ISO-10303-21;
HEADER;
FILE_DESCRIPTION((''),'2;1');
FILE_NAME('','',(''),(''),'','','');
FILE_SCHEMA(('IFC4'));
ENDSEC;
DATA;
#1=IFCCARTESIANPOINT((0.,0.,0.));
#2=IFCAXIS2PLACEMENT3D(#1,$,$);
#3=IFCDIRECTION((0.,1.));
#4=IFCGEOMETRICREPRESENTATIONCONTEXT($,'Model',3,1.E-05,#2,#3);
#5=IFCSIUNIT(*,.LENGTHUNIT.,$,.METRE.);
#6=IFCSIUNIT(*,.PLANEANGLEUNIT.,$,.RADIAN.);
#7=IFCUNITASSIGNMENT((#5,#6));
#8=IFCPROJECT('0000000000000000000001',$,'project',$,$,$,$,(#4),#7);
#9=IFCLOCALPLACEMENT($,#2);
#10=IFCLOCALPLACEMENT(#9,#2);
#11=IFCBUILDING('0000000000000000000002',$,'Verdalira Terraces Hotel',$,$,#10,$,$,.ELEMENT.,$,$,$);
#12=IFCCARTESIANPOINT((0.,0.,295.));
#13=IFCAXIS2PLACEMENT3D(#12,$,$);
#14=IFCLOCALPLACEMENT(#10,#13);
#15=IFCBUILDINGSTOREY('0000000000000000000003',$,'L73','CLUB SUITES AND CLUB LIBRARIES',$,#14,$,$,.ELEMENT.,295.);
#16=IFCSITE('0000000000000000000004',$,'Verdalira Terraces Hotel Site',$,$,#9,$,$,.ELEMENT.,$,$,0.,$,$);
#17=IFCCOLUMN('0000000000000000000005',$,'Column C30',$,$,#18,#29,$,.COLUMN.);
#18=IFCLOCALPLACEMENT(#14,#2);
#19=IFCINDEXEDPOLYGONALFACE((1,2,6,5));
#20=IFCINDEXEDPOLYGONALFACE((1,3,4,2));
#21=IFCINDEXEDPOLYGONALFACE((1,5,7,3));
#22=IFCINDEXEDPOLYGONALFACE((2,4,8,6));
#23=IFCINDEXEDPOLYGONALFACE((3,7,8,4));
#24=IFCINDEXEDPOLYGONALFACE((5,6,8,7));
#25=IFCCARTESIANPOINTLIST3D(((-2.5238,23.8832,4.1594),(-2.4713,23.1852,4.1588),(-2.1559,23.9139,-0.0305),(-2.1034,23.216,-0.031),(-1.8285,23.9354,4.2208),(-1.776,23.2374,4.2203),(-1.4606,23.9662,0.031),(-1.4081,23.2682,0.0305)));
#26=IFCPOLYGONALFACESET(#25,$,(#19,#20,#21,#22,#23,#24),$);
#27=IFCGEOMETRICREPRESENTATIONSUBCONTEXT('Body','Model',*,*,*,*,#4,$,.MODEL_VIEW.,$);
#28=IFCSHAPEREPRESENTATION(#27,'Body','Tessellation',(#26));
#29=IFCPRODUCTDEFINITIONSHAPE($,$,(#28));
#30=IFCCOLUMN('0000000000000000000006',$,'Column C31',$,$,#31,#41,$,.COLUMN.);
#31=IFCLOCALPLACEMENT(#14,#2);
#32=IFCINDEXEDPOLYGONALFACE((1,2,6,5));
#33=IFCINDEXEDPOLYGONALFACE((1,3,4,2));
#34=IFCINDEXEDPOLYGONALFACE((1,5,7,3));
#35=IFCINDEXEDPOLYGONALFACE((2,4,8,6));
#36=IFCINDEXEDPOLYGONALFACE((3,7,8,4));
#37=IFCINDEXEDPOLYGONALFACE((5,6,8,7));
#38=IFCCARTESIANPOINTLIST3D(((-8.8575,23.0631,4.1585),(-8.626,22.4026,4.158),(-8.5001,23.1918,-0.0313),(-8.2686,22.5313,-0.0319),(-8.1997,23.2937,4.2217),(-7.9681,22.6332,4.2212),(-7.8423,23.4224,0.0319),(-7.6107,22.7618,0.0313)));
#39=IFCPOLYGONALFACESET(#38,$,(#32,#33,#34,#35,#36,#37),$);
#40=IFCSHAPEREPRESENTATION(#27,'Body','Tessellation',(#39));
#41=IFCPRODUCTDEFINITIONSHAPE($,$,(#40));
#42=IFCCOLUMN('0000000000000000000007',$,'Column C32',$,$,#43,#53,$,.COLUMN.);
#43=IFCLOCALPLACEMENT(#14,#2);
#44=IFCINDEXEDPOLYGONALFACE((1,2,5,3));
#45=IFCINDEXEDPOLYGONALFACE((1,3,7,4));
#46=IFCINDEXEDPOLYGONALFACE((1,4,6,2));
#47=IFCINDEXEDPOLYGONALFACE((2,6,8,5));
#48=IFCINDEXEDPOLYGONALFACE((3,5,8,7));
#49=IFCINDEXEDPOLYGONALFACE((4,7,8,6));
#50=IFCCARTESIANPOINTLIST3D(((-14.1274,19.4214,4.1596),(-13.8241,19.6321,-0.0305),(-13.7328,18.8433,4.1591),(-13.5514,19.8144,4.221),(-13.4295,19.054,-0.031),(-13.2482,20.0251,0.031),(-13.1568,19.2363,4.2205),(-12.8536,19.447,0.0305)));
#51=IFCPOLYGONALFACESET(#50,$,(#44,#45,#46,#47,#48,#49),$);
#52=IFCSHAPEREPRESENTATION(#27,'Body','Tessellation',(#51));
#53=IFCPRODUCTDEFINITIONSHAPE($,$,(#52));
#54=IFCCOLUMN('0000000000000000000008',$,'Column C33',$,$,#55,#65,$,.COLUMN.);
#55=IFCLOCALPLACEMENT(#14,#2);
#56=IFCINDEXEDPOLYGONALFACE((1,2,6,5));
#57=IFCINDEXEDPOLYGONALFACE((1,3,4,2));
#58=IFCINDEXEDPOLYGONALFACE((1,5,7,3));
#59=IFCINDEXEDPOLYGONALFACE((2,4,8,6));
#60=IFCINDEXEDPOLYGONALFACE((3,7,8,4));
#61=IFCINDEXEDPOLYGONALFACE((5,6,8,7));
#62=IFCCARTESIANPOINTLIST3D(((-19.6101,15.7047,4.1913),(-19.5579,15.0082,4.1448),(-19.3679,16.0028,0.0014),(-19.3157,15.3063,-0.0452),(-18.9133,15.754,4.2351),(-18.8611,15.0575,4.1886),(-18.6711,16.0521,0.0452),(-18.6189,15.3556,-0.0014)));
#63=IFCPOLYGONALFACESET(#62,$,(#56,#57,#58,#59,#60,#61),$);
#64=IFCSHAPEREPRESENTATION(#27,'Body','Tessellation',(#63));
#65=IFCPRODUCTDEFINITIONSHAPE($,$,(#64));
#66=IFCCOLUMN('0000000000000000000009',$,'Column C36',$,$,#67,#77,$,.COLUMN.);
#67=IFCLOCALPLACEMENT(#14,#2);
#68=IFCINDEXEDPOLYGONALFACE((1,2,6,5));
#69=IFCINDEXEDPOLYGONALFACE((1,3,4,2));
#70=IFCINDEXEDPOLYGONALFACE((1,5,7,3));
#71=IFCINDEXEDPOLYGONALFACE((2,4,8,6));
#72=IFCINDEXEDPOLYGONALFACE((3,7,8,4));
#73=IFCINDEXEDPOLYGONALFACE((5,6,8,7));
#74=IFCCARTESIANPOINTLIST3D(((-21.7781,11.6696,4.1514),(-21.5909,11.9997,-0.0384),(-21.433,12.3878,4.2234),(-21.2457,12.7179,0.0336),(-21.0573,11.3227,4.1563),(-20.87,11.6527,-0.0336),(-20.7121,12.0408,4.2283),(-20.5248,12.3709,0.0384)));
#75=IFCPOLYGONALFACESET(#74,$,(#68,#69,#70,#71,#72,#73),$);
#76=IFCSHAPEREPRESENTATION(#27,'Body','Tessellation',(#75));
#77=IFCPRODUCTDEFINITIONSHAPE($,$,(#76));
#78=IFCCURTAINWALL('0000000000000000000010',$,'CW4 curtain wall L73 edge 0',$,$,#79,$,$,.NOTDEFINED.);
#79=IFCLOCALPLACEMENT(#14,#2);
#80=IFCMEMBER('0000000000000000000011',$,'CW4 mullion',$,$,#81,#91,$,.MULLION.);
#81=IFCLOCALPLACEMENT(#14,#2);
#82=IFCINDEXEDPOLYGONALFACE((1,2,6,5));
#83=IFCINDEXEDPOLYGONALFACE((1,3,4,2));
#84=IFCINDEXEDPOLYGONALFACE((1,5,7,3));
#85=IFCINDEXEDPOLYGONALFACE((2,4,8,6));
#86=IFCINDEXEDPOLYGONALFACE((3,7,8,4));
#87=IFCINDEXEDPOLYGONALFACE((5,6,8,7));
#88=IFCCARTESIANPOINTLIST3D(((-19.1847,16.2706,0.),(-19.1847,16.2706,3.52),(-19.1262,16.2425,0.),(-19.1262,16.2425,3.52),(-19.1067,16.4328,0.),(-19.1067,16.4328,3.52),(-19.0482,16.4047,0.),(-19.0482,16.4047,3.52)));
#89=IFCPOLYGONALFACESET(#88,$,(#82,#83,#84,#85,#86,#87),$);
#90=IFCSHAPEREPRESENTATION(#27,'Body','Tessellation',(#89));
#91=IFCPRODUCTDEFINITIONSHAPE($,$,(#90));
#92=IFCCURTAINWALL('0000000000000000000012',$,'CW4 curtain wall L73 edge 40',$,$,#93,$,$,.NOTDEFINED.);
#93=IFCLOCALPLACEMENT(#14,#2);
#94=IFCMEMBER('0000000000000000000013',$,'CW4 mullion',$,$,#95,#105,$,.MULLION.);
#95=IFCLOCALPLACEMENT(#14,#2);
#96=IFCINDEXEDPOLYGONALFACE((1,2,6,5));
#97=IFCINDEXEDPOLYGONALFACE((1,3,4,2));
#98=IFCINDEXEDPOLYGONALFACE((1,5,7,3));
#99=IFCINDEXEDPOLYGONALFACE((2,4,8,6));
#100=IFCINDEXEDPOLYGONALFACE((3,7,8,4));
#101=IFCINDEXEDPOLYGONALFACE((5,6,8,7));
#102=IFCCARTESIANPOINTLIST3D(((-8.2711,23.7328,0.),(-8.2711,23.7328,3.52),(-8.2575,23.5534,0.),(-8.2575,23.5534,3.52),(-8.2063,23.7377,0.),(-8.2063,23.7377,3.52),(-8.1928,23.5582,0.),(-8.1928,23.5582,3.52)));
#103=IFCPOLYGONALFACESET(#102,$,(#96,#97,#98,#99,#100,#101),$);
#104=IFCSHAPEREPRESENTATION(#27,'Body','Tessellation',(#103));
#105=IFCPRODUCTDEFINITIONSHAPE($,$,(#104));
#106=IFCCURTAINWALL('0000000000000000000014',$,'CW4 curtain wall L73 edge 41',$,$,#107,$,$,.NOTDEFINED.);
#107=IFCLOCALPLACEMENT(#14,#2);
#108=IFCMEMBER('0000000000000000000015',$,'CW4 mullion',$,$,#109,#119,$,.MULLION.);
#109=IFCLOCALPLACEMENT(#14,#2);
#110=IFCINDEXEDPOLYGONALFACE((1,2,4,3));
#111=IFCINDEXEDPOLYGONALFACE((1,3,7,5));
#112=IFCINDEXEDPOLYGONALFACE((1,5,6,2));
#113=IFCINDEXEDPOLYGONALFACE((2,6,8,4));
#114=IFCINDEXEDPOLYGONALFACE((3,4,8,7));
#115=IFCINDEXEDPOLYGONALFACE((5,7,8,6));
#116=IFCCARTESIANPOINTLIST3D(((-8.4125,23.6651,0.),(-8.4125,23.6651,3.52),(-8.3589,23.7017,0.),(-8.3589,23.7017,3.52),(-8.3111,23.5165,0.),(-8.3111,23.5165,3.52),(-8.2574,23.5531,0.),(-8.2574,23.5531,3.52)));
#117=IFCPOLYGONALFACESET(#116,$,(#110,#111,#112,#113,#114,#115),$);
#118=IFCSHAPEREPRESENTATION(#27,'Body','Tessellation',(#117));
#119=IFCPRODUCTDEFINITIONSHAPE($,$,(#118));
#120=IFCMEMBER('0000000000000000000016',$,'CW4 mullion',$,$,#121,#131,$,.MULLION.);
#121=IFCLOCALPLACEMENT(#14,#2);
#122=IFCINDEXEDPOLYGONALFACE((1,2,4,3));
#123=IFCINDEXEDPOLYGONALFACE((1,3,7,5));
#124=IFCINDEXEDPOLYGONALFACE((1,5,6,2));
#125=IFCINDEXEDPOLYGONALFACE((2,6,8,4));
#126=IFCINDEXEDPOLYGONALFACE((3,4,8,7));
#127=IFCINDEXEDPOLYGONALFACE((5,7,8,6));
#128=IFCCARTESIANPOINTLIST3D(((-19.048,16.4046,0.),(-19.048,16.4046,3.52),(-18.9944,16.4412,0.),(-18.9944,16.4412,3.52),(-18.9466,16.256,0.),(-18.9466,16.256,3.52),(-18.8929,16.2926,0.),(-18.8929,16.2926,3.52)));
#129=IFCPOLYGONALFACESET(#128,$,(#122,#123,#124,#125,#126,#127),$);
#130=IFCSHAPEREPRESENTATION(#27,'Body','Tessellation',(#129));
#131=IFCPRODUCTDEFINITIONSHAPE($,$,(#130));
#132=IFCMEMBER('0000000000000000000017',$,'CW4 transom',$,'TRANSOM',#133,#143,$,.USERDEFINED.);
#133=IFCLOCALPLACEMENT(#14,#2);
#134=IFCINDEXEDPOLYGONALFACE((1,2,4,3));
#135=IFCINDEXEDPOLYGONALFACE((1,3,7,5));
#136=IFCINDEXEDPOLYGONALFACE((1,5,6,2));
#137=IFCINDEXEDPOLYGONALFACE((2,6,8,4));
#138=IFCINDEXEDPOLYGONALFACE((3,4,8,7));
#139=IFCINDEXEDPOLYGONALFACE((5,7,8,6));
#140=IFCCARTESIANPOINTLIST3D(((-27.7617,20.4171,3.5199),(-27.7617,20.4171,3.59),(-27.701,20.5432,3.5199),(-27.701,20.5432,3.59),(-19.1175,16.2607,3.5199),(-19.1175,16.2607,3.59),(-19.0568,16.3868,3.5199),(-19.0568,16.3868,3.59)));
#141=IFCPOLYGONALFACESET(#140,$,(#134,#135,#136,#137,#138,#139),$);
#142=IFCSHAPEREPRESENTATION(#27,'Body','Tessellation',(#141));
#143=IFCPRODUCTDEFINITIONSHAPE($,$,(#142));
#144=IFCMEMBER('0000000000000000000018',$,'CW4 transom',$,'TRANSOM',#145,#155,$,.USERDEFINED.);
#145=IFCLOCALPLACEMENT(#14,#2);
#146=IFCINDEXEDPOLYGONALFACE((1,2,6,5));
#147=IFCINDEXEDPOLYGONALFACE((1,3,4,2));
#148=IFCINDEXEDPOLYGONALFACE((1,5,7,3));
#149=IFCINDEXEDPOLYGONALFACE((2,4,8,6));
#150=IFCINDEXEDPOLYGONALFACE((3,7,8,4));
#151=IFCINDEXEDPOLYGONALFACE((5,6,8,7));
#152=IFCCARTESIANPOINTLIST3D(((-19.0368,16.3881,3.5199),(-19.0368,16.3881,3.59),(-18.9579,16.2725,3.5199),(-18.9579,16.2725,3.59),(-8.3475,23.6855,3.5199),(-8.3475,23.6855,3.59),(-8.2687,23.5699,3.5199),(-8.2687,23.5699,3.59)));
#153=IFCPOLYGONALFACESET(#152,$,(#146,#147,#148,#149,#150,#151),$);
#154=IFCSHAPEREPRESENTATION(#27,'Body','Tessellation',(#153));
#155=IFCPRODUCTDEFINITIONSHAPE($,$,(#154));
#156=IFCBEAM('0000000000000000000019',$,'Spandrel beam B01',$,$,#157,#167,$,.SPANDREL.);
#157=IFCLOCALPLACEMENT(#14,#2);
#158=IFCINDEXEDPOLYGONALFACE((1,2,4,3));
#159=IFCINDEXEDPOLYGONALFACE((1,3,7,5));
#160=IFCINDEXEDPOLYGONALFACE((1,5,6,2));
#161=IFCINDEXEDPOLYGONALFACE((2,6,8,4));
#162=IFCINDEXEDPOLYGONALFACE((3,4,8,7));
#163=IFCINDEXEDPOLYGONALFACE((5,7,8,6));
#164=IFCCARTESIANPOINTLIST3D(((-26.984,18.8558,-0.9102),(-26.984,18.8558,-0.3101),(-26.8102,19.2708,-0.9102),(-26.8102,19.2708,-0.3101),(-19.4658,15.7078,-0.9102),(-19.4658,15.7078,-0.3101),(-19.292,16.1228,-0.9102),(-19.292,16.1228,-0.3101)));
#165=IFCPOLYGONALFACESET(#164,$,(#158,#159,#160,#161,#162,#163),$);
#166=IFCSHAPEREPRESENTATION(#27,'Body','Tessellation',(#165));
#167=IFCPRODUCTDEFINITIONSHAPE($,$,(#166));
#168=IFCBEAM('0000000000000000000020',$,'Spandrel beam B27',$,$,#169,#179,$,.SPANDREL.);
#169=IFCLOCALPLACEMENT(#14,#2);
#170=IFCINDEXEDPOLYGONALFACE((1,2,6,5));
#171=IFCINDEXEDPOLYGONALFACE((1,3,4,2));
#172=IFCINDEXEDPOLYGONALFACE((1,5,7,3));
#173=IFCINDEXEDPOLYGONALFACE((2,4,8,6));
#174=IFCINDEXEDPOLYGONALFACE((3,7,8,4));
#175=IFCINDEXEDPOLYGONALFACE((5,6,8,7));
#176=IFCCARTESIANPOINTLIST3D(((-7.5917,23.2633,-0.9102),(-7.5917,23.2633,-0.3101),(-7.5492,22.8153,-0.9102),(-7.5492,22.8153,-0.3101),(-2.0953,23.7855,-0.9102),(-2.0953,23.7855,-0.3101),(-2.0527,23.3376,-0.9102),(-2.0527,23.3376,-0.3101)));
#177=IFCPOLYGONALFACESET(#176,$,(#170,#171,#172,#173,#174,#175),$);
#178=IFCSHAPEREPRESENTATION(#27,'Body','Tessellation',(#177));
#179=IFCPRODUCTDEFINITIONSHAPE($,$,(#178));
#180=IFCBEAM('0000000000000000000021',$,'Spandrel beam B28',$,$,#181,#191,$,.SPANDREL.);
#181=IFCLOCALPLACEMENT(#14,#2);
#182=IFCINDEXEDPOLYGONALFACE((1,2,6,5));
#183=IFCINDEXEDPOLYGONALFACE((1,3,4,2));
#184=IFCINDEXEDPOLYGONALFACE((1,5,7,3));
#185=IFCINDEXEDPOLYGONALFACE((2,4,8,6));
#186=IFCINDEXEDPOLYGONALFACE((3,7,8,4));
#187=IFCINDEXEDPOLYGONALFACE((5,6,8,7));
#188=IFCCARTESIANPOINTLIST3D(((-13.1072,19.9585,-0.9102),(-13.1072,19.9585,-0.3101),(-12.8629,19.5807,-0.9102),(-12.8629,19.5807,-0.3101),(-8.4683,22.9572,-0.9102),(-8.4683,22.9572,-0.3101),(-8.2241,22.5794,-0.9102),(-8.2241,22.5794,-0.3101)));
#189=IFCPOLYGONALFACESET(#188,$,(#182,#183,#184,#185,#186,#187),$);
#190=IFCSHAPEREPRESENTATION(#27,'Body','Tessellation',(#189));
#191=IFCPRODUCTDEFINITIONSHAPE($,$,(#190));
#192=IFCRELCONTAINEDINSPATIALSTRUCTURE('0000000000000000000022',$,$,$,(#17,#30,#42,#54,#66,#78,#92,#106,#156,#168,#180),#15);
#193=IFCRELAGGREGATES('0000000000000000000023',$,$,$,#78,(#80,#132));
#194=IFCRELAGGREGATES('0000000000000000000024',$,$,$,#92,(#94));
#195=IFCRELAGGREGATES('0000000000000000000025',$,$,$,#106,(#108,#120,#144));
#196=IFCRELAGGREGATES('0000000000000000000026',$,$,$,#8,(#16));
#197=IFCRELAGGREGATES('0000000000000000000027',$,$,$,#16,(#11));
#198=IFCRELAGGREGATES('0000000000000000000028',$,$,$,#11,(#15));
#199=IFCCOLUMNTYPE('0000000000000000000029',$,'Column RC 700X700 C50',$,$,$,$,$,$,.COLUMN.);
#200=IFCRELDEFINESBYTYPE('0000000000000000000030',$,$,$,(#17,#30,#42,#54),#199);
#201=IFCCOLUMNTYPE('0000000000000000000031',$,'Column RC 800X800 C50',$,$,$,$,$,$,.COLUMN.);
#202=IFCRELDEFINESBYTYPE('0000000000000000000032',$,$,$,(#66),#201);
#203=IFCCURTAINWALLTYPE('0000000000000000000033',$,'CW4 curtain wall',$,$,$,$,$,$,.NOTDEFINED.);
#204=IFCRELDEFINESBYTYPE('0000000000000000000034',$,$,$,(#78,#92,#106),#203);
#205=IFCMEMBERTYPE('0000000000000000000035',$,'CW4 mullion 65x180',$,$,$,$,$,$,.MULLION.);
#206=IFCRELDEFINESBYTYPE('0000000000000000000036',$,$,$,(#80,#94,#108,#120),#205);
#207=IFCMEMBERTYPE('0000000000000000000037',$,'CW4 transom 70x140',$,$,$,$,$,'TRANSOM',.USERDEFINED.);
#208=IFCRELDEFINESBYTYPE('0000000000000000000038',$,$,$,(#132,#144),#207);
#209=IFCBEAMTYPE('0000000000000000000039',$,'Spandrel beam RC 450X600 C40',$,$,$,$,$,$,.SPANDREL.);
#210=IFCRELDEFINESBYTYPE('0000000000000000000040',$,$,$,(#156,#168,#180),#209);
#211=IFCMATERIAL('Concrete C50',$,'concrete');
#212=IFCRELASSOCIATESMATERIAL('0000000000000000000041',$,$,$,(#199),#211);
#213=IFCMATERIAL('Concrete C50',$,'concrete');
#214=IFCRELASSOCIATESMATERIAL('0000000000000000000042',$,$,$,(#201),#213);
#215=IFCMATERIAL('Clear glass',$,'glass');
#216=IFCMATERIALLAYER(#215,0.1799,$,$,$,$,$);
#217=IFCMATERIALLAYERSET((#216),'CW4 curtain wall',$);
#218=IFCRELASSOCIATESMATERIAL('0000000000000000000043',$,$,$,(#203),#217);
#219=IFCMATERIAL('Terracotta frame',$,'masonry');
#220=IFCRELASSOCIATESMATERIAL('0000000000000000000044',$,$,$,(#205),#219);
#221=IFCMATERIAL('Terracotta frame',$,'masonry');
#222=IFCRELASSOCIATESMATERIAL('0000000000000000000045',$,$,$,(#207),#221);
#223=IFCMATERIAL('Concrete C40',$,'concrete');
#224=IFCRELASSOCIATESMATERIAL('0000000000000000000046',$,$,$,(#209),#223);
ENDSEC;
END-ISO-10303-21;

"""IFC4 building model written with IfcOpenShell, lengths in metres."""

from ifc_helpers import new_model, si_unit, direction, frame, origin, origin_2d, place, context, subcontext, project, spatial, rectangle, extrude, material, layer, layer_set, material_profile, profile_set, type_object, element, aggregate, save


model = new_model("IFC4")

# Units and contexts
model_context = context("Model", 3, precision=1e-05, world=origin(), true_north=direction((0.0, 1.0)))
body_context = subcontext(model_context, "Body", "Model", "MODEL_VIEW")
ifc_project = project(units=[si_unit("LENGTHUNIT", "METRE"), si_unit("PLANEANGLEUNIT", "RADIAN")], contexts=[model_context])

# Site, building, storey
site_placement = place(None, origin())
site = spatial("IfcSite", under=ifc_project, at=site_placement, Name="Verdalira Terraces Hotel Site", CompositionType="ELEMENT", RefElevation=0.0)
building_placement = place(site_placement, origin())
building = spatial("IfcBuilding", under=site, at=building_placement, Name="Verdalira Terraces Hotel", CompositionType="ELEMENT")
storey_placement = place(building_placement, frame((0.0, 0.0, 295.0)))
storey = spatial("IfcBuildingStorey", under=building, at=storey_placement, Name="L73", Description="CLUB SUITES AND CLUB LIBRARIES", CompositionType="ELEMENT", Elevation=295.0)

# Columns
ifc_material_1 = material(Name="Concrete C50", Category="concrete")
ifc_material_profile_1 = material_profile(ifc_material_1, rectangle(XDim=0.7, YDim=0.7, at=origin_2d()), Name="RC 700X700")
ifc_profile_set_1 = profile_set([ifc_material_profile_1], Name="Concrete C50")
column_type_1 = type_object("IfcColumnType", Name="Column RC 700X700 C50", PredefinedType="COLUMN", material=ifc_profile_set_1)
column_1_placement = place(storey_placement, frame((-1.782, 23.5911, 0.0), z_axis=(-0.087471, -0.007313, 0.99614), x_axis=(-0.993342, -0.074613, -0.087773)))
element("IfcColumn", 1, at=column_1_placement, inside=storey, type_object=column_type_1, Name="Column C30", PredefinedType="COLUMN", context=body_context, shape_type="SweptSolid", body=[
    extrude(rectangle(XDim=0.7, YDim=0.7, at=origin_2d()), origin(), (0.0, 0.0, 1.0), 4.2061),
])
column_2_placement = place(storey_placement, frame((-8.0554, 22.9768, 0.0), z_axis=(-0.084956, -0.030582, 0.995915), x_axis=(0.939868, 0.329386, 0.09029)))
element("IfcColumn", 2, at=column_2_placement, inside=storey, type_object=column_type_1, Name="Column C31", PredefinedType="COLUMN", context=body_context, shape_type="SweptSolid", body=[
    extrude(rectangle(XDim=0.7, YDim=0.7, at=origin_2d()), origin(), (0.0, 0.0, 1.0), 4.207),
])
column_3_placement = place(storey_placement, frame((-13.3389, 19.5396, 0.0), z_axis=(-0.07209, -0.050091, 0.99614), x_axis=(-0.822815, -0.561489, -0.087781)))
element("IfcColumn", 3, at=column_3_placement, inside=storey, type_object=column_type_1, Name="Column C32", PredefinedType="COLUMN", context=body_context, shape_type="SweptSolid", body=[
    extrude(rectangle(XDim=0.7, YDim=0.7, at=origin_2d()), origin(), (0.0, 0.0, 1.0), 4.2063),
])
column_4_placement = place(storey_placement, frame((-18.9934, 15.6792, 0.0), z_axis=(-0.057561, -0.070849, 0.995825), x_axis=(0.99555, 0.070468, 0.062558)))
element("IfcColumn", 4, at=column_4_placement, inside=storey, type_object=column_type_1, Name="Column C33", PredefinedType="COLUMN", context=body_context, shape_type="SweptSolid", body=[
    extrude(rectangle(XDim=0.7, YDim=0.7, at=origin_2d()), origin(), (0.0, 0.0, 1.0), 4.2075),
])
ifc_material_2 = material(Name="Concrete C50", Category="concrete")
ifc_material_profile_2 = material_profile(ifc_material_2, rectangle(XDim=0.8, YDim=0.8, at=origin_2d()), Name="RC 800X800")
ifc_profile_set_2 = profile_set([ifc_material_profile_2], Name="Concrete C50")
column_type_2 = type_object("IfcColumnType", Name="Column RC 800X800 C50", PredefinedType="COLUMN", material=ifc_profile_set_2)
column_5_placement = place(storey_placement, frame((-21.0579, 12.1853, 0.0), z_axis=(-0.04451, -0.078458, 0.995923), x_axis=(-0.901045, 0.433683, -0.006104)))
element("IfcColumn", 5, at=column_5_placement, inside=storey, type_object=column_type_2, Name="Column C36", PredefinedType="COLUMN", context=body_context, shape_type="SweptSolid", body=[
    extrude(rectangle(XDim=0.8, YDim=0.8, at=origin_2d()), origin(), (0.0, 0.0, 1.0), 4.207),
])

# Curtain walls, members
ifc_material_3 = material(Name="Clear glass", Category="glass")
ifc_layer_1 = layer(ifc_material_3, 0.1799)
ifc_layer_set_1 = layer_set([ifc_layer_1], Name="CW4 curtain wall")
curtain_wall_type = type_object("IfcCurtainWallType", Name="CW4 curtain wall", PredefinedType="NOTDEFINED", material=ifc_layer_set_1)
curtain_wall_1_placement = place(storey_placement, origin())
curtain_wall_1 = element("IfcCurtainWall", 6, at=curtain_wall_1_placement, inside=storey, type_object=curtain_wall_type, Name="CW4 curtain wall L73 edge 0", PredefinedType="NOTDEFINED")
ifc_material_4 = material(Name="Terracotta frame", Category="masonry")
ifc_material_profile_3 = material_profile(ifc_material_4, rectangle(XDim=0.0649, YDim=0.1799, at=origin_2d()), Name="MU 65x180")
ifc_profile_set_3 = profile_set([ifc_material_profile_3], Name="Terracotta frame")
member_type_1 = type_object("IfcMemberType", Name="CW4 mullion 65x180", PredefinedType="MULLION", material=ifc_profile_set_3)
member_1_placement = place(storey_placement, frame((-19.1165, 16.3376, 0.0), z_axis=(0.0, 0.0, 1.0), x_axis=(-0.901228, 0.433345, 0.0)))
member_1 = element("IfcMember", 7, at=member_1_placement, type_object=member_type_1, Name="CW4 mullion", PredefinedType="MULLION", context=body_context, shape_type="SweptSolid", body=[
    extrude(rectangle(XDim=0.0649, YDim=0.1799, at=origin_2d()), origin(), (0.0, 0.0, 1.0), 3.52),
])
curtain_wall_2_placement = place(storey_placement, origin())
curtain_wall_2 = element("IfcCurtainWall", 8, at=curtain_wall_2_placement, inside=storey, type_object=curtain_wall_type, Name="CW4 curtain wall L73 edge 40", PredefinedType="NOTDEFINED")
member_2_placement = place(storey_placement, frame((-8.2319, 23.6455, 0.0), z_axis=(0.0, 0.0, 1.0), x_axis=(-0.997159, -0.075327, 0.0)))
member_2 = element("IfcMember", 9, at=member_2_placement, type_object=member_type_1, Name="CW4 mullion", PredefinedType="MULLION", context=body_context, shape_type="SweptSolid", body=[
    extrude(rectangle(XDim=0.0649, YDim=0.1799, at=origin_2d()), origin(), (0.0, 0.0, 1.0), 3.52),
])

# Curtain wall, members
curtain_wall_3_placement = place(storey_placement, origin())
curtain_wall_3 = element("IfcCurtainWall", 10, at=curtain_wall_3_placement, inside=storey, type_object=curtain_wall_type, Name="CW4 curtain wall L73 edge 41", PredefinedType="NOTDEFINED")
member_3_placement = place(storey_placement, frame((-8.335, 23.6091, 0.0), z_axis=(0.0, 0.0, 1.0), x_axis=(-0.825902, -0.563814, 0.0)))
member_3 = element("IfcMember", 11, at=member_3_placement, type_object=member_type_1, Name="CW4 mullion", PredefinedType="MULLION", context=body_context, shape_type="SweptSolid", body=[
    extrude(rectangle(XDim=0.0649, YDim=0.1799, at=origin_2d()), origin(), (0.0, 0.0, 1.0), 3.52),
])
member_4_placement = place(storey_placement, frame((-18.9705, 16.3486, 0.0), z_axis=(0.0, 0.0, 1.0), x_axis=(-0.825902, -0.563814, 0.0)))
member_4 = element("IfcMember", 12, at=member_4_placement, type_object=member_type_1, Name="CW4 mullion", PredefinedType="MULLION", context=body_context, shape_type="SweptSolid", body=[
    extrude(rectangle(XDim=0.0649, YDim=0.1799, at=origin_2d()), origin(), (0.0, 0.0, 1.0), 3.52),
])

# Members
ifc_material_5 = material(Name="Terracotta frame", Category="masonry")
ifc_material_profile_4 = material_profile(ifc_material_5, rectangle(XDim=0.1399, YDim=0.0701, at=origin_2d()), Name="TR 70x140")
ifc_profile_set_4 = profile_set([ifc_material_profile_4], Name="Terracotta frame")
member_type_2 = type_object("IfcMemberType", Name="CW4 transom 70x140", ElementType="TRANSOM", PredefinedType="USERDEFINED", material=ifc_profile_set_4)
member_5_placement = place(storey_placement, frame((-19.0872, 16.3237, 3.5549), z_axis=(-0.901229, 0.433344, 0.0), x_axis=(-0.433344, -0.901229, 0.0)))
member_5 = element("IfcMember", 13, at=member_5_placement, type_object=member_type_2, Name="CW4 transom", ObjectType="TRANSOM", PredefinedType="USERDEFINED", context=body_context, shape_type="SweptSolid", body=[
    extrude(rectangle(XDim=0.1399, YDim=0.0701, at=origin_2d()), origin(), (0.0, 0.0, 1.0), 9.5916),
])
aggregate(curtain_wall_1, [member_1, member_5])
member_6_placement = place(storey_placement, frame((-8.3081, 23.6277, 3.5549), z_axis=(-0.825894, -0.563825, 0.0), x_axis=(0.563825, -0.825894, 0.0)))
member_6 = element("IfcMember", 14, at=member_6_placement, type_object=member_type_2, Name="CW4 transom", ObjectType="TRANSOM", PredefinedType="USERDEFINED", context=body_context, shape_type="SweptSolid", body=[
    extrude(rectangle(XDim=0.1399, YDim=0.0701, at=origin_2d()), origin(), (0.0, 0.0, 1.0), 12.9426),
])

# Beams
ifc_material_6 = material(Name="Concrete C40", Category="concrete")
ifc_material_profile_5 = material_profile(ifc_material_6, rectangle(XDim=0.45, YDim=0.6001, at=origin_2d()), Name="RC 450X600")
ifc_profile_set_5 = profile_set([ifc_material_profile_5], Name="Concrete C40")
beam_type = type_object("IfcBeamType", Name="Spandrel beam RC 450X600 C40", PredefinedType="SPANDREL", material=ifc_profile_set_5)
beam_1_placement = place(storey_placement, frame((-19.3789, 15.9153, -0.6101), z_axis=(-0.922404, 0.386227, 0.0), x_axis=(-0.386227, -0.922404, 0.0)))
element("IfcBeam", 15, at=beam_1_placement, inside=storey, type_object=beam_type, Name="Spandrel beam B01", PredefinedType="SPANDREL", context=body_context, shape_type="SweptSolid", body=[
    extrude(rectangle(XDim=0.45, YDim=0.6001, at=origin_2d()), origin(), (0.0, 0.0, 1.0), 8.1506),
])
beam_2_placement = place(storey_placement, frame((-2.074, 23.5615, -0.6101), z_axis=(-0.995517, -0.094582, 0.0), x_axis=(0.094582, -0.995517, 0.0)))
element("IfcBeam", 16, at=beam_2_placement, inside=storey, type_object=beam_type, Name="Spandrel beam B27", PredefinedType="SPANDREL", context=body_context, shape_type="SweptSolid", body=[
    extrude(rectangle(XDim=0.45, YDim=0.6001, at=origin_2d()), origin(), (0.0, 0.0, 1.0), 5.5212),
])
beam_3_placement = place(storey_placement, frame((-8.3462, 22.7683, -0.6101), z_axis=(-0.839807, -0.542885, 0.0), x_axis=(0.542885, -0.839807, 0.0)))
element("IfcBeam", 17, at=beam_3_placement, inside=storey, type_object=beam_type, Name="Spandrel beam B28", PredefinedType="SPANDREL", context=body_context, shape_type="SweptSolid", body=[
    extrude(rectangle(XDim=0.45, YDim=0.6001, at=origin_2d()), origin(), (0.0, 0.0, 1.0), 5.5237),
])

aggregate(curtain_wall_2, [member_2])
aggregate(curtain_wall_3, [member_3, member_4, member_6])

save(model, "model.ifc")
